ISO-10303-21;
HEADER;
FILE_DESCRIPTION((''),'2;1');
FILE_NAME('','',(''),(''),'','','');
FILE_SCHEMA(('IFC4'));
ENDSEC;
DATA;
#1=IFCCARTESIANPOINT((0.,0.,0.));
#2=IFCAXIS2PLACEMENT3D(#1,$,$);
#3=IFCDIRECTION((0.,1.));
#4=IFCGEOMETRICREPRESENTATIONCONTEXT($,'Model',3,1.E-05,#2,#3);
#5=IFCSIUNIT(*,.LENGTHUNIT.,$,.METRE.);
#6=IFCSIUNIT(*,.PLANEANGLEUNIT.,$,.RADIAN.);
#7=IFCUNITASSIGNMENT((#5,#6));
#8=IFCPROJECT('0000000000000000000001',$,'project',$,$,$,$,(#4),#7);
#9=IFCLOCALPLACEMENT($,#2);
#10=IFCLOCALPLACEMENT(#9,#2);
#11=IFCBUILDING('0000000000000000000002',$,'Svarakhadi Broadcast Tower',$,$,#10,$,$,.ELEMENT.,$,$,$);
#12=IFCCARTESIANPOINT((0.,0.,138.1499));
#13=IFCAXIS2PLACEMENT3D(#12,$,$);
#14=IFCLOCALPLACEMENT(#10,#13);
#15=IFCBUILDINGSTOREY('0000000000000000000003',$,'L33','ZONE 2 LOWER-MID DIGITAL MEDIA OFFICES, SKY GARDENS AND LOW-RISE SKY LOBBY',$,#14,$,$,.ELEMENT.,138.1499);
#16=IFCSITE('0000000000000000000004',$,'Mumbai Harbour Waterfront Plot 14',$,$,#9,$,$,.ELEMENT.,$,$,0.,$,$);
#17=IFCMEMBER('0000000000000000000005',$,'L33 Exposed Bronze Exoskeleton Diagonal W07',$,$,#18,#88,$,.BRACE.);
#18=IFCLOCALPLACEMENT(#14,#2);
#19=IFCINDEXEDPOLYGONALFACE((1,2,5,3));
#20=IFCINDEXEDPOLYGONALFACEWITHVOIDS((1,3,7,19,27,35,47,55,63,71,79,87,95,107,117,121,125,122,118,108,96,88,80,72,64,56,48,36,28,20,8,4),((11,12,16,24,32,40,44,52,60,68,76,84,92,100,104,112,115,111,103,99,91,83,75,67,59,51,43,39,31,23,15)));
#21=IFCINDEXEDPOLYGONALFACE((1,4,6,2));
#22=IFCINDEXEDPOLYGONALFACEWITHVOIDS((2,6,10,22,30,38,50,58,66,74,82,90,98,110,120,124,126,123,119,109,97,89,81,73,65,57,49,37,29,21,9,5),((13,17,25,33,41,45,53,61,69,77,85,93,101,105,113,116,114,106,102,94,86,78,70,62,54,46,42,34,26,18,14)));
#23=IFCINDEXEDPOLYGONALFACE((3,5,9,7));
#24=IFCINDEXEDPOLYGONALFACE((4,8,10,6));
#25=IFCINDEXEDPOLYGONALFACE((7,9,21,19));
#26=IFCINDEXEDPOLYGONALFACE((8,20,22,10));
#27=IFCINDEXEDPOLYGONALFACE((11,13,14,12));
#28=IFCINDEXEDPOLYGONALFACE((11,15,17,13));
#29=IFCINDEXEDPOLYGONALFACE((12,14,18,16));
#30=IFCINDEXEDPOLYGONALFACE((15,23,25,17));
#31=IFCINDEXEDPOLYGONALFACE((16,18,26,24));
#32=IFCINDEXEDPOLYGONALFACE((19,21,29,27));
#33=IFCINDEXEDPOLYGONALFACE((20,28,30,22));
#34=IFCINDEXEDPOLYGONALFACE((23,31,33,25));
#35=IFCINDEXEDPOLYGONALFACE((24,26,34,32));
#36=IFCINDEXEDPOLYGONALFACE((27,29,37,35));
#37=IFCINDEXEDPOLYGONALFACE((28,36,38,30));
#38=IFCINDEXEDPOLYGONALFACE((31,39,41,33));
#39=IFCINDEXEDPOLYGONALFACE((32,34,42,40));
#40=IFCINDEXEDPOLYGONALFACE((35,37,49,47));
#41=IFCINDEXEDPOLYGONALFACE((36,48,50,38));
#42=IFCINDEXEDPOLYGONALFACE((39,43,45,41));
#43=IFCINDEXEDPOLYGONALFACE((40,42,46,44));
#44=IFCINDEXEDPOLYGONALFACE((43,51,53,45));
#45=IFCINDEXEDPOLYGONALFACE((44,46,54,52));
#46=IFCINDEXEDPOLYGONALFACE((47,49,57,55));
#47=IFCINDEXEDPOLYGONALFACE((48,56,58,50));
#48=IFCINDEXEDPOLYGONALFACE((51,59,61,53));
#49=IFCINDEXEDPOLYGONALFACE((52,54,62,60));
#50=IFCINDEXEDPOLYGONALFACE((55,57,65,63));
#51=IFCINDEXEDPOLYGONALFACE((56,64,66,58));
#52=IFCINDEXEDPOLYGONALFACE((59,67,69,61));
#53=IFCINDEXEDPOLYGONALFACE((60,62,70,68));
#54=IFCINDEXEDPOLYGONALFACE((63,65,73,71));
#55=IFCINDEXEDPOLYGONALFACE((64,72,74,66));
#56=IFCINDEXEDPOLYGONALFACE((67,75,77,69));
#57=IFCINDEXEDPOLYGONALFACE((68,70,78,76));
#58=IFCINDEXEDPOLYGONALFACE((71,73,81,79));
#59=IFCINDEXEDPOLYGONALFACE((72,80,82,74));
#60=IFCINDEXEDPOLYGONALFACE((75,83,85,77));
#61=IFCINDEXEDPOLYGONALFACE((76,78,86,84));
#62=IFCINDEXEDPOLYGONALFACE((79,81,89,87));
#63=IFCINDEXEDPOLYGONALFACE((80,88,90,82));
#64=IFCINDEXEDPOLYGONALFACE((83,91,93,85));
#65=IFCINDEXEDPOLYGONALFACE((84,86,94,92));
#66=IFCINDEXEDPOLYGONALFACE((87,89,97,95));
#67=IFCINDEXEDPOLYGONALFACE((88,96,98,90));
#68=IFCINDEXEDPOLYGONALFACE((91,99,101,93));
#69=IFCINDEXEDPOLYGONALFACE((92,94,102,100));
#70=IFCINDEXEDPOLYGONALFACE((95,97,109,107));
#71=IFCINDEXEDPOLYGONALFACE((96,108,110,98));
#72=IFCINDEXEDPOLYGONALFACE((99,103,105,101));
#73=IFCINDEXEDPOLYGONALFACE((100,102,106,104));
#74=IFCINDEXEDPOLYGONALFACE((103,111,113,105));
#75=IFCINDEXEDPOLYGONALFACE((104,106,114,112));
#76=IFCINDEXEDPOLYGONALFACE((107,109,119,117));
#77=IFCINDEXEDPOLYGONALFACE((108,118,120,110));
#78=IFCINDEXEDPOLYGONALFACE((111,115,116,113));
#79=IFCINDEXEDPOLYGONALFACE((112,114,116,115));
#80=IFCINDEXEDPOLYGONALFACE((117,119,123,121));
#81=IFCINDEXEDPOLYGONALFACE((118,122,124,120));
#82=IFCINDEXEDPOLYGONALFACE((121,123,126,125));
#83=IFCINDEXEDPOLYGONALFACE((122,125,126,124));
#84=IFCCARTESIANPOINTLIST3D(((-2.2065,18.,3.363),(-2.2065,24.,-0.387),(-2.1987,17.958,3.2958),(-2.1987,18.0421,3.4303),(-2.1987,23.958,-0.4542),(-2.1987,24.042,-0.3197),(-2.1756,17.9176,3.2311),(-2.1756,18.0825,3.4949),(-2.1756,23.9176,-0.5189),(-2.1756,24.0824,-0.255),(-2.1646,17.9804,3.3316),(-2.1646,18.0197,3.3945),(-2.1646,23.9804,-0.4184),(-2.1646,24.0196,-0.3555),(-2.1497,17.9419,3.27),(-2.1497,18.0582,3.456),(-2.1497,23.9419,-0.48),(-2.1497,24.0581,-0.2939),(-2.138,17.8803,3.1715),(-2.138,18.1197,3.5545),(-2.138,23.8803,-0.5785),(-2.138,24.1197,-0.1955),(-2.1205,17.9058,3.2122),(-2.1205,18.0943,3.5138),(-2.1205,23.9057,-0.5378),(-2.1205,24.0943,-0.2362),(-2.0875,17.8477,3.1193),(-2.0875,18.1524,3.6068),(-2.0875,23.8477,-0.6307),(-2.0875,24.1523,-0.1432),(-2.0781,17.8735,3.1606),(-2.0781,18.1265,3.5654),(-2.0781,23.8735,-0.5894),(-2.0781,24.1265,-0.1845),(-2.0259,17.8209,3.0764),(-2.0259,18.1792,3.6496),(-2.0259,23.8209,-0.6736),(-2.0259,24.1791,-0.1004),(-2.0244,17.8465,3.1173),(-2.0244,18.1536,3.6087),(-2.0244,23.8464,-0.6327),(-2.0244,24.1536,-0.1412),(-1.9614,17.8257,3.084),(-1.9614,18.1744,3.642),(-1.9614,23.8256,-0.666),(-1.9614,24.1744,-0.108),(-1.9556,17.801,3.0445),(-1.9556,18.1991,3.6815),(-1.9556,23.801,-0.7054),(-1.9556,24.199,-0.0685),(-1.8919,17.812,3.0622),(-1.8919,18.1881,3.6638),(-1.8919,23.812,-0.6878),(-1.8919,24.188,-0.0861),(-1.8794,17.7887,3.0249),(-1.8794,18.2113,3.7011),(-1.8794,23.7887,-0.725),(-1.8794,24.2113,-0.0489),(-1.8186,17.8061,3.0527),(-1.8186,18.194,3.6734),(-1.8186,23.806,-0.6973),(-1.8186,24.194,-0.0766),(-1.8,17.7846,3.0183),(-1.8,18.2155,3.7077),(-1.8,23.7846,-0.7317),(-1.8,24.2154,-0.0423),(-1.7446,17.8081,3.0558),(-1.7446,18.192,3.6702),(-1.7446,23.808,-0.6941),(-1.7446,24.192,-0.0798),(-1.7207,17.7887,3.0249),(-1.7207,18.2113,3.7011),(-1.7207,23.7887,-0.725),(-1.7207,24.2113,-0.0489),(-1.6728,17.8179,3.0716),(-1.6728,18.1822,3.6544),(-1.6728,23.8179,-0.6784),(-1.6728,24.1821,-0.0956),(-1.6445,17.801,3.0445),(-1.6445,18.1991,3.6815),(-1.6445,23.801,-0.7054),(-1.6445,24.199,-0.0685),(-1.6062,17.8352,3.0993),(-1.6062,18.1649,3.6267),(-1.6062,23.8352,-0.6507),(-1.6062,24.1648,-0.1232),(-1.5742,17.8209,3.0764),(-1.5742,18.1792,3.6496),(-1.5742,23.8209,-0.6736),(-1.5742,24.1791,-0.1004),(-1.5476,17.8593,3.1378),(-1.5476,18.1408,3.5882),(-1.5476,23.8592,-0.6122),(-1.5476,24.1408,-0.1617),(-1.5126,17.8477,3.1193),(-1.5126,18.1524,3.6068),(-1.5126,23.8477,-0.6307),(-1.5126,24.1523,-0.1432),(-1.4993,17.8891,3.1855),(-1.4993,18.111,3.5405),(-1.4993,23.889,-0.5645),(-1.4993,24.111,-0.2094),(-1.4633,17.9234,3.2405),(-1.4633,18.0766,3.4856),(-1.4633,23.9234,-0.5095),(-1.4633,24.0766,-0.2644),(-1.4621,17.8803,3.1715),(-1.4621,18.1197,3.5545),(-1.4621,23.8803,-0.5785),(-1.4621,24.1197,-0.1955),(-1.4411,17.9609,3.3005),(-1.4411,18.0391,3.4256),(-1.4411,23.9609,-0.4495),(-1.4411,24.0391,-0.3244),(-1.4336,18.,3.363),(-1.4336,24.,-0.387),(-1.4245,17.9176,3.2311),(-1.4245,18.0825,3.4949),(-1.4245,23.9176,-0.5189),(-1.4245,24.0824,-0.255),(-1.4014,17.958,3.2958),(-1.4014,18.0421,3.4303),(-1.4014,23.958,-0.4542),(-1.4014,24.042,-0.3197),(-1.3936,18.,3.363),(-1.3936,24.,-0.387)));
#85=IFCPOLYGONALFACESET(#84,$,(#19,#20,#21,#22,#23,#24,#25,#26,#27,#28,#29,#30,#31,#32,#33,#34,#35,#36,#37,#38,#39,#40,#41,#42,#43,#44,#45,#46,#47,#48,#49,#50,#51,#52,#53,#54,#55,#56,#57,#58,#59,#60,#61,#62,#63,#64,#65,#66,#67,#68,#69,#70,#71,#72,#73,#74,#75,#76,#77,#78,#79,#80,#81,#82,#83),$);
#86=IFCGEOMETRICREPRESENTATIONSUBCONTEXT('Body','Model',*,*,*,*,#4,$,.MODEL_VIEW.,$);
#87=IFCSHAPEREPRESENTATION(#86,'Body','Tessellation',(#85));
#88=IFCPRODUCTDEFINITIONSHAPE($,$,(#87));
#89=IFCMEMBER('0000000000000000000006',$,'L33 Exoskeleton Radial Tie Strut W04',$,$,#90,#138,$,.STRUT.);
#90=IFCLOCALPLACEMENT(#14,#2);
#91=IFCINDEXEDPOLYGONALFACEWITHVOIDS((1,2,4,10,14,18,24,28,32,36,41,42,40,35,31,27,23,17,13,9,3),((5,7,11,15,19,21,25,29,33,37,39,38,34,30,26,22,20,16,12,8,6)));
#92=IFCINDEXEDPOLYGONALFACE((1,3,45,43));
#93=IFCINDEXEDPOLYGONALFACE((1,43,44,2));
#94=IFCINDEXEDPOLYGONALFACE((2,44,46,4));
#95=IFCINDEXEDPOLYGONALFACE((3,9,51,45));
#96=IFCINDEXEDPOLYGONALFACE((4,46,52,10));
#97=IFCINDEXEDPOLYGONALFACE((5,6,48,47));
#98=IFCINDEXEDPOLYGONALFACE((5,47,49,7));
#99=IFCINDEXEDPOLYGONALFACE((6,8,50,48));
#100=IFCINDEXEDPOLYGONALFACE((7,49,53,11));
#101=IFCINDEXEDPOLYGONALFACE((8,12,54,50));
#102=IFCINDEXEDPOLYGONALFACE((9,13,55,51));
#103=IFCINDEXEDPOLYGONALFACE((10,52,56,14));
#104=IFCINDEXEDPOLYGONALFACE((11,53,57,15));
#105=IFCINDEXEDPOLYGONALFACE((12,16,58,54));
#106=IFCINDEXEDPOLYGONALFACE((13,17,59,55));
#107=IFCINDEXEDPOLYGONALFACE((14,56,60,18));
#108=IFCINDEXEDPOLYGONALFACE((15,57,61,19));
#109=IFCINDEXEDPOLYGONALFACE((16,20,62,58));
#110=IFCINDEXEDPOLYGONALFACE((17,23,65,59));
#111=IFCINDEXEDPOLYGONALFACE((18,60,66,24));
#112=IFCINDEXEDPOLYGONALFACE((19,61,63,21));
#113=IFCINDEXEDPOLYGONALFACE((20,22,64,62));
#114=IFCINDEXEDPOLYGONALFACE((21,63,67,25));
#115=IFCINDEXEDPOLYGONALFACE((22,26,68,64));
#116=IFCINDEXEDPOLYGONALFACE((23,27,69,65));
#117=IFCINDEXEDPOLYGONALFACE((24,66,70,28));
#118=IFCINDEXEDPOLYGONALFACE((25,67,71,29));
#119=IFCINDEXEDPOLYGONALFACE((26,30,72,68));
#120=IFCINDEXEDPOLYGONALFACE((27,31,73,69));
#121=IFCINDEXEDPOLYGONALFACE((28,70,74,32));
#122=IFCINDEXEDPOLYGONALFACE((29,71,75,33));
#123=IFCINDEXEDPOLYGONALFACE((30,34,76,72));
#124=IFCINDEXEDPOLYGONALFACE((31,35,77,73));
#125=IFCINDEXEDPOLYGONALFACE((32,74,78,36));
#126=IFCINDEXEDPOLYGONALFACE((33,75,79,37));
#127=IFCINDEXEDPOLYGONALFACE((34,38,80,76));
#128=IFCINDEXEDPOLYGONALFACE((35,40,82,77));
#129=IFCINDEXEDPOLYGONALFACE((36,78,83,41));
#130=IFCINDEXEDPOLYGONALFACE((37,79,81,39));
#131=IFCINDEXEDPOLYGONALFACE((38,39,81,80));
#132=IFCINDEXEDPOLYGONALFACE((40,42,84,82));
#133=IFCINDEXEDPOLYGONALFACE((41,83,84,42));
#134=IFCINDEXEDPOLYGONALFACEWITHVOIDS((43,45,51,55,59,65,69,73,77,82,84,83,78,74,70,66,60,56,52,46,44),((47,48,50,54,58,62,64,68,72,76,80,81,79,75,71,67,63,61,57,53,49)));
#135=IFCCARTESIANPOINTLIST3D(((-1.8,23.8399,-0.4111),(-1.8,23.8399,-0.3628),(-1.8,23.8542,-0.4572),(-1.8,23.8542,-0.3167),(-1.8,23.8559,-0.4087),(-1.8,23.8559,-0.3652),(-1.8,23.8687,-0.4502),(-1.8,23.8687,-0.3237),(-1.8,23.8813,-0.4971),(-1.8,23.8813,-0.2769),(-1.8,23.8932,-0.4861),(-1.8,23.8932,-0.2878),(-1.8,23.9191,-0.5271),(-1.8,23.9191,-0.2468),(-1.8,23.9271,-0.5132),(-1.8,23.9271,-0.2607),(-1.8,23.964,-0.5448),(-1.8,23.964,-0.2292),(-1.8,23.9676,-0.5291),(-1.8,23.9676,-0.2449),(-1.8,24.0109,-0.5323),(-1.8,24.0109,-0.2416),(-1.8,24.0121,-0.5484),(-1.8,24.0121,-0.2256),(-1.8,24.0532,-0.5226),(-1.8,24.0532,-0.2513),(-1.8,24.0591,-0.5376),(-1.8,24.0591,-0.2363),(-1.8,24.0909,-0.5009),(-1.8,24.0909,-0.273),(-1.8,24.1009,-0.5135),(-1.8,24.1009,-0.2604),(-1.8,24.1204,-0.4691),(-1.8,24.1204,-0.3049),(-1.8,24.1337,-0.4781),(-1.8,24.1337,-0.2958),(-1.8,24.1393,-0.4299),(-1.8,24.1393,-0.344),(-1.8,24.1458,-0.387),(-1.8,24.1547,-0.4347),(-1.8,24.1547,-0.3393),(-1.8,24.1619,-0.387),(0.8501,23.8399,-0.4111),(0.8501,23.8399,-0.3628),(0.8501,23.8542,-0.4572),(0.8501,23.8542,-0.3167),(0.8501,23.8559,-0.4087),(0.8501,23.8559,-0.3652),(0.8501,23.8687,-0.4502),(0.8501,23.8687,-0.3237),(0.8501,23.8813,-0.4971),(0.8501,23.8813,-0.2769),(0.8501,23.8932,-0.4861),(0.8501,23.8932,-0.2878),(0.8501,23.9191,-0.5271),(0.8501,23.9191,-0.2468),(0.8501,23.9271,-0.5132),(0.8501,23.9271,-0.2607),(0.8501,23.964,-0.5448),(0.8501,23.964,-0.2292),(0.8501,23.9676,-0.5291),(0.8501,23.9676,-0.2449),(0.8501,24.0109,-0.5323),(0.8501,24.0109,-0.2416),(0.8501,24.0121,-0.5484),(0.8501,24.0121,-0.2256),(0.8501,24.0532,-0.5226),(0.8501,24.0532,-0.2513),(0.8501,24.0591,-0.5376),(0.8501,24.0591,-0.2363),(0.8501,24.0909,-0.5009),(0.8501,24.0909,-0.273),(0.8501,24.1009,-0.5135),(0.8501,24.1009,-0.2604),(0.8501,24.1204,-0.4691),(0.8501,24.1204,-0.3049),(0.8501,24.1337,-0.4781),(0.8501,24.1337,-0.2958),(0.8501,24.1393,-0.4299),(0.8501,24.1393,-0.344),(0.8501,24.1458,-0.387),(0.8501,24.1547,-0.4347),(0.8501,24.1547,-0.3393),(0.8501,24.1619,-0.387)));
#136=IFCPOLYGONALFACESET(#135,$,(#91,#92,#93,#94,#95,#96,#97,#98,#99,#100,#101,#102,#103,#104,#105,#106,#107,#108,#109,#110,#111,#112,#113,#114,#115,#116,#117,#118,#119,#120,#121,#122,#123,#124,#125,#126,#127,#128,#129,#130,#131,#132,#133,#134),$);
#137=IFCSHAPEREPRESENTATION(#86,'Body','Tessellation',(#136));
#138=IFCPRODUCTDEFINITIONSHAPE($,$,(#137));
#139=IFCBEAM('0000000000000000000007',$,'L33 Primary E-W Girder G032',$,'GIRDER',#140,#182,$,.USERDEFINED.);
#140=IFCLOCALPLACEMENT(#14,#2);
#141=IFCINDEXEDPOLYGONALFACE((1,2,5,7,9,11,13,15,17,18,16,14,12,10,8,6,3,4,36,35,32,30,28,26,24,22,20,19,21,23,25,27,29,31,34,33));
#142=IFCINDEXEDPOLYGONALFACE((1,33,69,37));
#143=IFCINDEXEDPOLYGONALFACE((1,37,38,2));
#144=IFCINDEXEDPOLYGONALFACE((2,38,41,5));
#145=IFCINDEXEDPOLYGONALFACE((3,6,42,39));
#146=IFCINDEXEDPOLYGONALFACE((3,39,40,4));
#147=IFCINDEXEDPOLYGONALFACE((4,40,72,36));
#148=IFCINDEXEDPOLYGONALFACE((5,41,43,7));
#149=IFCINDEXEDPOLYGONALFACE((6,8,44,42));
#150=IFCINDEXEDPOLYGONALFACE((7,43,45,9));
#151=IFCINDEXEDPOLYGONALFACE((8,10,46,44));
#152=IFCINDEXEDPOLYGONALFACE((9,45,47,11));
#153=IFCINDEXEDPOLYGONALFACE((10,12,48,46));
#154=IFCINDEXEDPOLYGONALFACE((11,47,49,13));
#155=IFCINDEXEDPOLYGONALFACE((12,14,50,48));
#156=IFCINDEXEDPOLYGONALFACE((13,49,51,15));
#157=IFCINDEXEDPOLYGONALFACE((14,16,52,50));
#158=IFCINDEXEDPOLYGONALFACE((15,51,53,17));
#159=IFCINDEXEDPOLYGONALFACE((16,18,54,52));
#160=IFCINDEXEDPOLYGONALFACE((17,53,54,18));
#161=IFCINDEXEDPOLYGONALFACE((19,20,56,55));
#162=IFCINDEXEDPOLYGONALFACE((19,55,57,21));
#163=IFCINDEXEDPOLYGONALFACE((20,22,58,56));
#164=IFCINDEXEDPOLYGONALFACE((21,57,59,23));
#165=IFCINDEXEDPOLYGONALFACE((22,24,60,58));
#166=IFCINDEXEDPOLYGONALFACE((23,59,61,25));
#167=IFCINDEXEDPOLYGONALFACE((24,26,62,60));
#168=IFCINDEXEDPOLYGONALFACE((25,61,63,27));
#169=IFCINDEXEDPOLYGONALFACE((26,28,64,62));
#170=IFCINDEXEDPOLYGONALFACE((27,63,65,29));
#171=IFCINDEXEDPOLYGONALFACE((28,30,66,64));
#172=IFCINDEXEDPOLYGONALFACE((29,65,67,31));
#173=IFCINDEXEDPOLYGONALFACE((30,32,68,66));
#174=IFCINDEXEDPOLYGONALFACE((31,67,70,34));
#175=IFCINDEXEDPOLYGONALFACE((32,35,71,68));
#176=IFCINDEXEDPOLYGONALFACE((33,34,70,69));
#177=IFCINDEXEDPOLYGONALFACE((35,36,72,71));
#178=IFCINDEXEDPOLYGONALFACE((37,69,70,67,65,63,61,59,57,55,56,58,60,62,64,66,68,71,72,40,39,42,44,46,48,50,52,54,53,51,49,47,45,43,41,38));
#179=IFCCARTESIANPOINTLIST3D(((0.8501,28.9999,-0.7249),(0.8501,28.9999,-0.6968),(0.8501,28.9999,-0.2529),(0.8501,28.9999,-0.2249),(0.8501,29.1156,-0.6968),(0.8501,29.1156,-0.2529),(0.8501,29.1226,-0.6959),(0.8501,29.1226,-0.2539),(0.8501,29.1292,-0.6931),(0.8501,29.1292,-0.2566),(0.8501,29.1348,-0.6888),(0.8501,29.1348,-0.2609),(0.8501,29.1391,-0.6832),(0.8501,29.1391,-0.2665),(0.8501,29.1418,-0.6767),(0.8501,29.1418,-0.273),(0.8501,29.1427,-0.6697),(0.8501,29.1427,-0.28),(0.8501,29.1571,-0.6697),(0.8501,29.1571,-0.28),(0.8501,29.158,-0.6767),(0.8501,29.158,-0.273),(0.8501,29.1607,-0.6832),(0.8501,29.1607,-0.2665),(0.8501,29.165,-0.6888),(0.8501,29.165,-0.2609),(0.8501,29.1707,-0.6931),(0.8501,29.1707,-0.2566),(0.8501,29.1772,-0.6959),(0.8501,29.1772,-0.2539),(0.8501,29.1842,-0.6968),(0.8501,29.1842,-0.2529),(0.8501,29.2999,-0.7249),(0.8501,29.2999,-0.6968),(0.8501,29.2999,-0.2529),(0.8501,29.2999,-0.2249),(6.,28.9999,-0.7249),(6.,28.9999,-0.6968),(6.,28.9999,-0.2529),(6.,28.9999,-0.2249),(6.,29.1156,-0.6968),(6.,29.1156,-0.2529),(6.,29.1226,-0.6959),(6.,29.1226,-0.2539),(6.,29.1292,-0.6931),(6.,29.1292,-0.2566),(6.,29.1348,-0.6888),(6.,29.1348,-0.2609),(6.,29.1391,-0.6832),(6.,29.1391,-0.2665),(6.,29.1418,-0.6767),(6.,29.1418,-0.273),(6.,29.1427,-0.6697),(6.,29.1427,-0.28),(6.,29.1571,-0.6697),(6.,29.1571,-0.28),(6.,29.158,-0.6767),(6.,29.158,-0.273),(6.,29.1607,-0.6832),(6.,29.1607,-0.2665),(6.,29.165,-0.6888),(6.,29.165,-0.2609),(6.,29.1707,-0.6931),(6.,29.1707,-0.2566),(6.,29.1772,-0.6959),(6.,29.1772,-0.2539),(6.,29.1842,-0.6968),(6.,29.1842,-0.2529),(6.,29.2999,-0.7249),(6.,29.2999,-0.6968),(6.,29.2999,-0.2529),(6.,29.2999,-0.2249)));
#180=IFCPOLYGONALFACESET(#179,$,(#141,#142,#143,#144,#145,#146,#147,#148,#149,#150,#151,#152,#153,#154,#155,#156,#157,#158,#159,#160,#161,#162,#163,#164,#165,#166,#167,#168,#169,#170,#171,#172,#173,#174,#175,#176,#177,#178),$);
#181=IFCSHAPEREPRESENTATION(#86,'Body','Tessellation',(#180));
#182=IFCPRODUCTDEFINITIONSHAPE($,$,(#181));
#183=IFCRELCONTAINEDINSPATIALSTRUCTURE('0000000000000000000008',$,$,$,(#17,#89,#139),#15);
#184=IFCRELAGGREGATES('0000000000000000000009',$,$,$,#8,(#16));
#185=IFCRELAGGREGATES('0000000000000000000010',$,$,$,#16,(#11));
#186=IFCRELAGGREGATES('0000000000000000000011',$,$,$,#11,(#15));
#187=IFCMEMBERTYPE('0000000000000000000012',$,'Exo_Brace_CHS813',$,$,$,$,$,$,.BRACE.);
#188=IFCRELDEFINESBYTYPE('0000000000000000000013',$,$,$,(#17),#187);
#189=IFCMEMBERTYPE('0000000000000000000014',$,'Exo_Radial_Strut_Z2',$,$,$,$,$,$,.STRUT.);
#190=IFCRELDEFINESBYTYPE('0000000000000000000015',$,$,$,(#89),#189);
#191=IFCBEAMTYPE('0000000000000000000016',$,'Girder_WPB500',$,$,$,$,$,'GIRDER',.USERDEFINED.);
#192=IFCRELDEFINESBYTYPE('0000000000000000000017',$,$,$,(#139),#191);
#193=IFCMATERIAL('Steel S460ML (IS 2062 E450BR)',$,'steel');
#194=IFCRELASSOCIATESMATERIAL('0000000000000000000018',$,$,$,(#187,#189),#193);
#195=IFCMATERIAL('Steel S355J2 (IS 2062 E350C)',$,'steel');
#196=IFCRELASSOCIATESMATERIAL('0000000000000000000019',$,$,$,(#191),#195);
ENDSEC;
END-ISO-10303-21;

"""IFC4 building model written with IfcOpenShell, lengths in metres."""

from ifc_helpers import new_model, si_unit, direction, frame, origin, origin_2d, place, context, subcontext, project, spatial, hollow_circle, i_section, extrude, material, material_profile, profile_set, type_object, element, save


model = new_model("IFC4")

# Units and contexts
model_context = context("Model", 3, precision=1e-05, world=origin(), true_north=direction((0.0, 1.0)))
body_context = subcontext(model_context, "Body", "Model", "MODEL_VIEW")
ifc_project = project(units=[si_unit("LENGTHUNIT", "METRE"), si_unit("PLANEANGLEUNIT", "RADIAN")], contexts=[model_context])

# Site, building, storey
site_placement = place(None, origin())
site = spatial("IfcSite", under=ifc_project, at=site_placement, Name="Mumbai Harbour Waterfront Plot 14", CompositionType="ELEMENT", RefElevation=0.0)
building_placement = place(site_placement, origin())
building = spatial("IfcBuilding", under=site, at=building_placement, Name="Svarakhadi Broadcast Tower", CompositionType="ELEMENT")
storey_placement = place(building_placement, frame((0.0, 0.0, 138.1499)))
storey = spatial("IfcBuildingStorey", under=building, at=storey_placement, Name="L33", Description="ZONE 2 LOWER-MID DIGITAL MEDIA OFFICES, SKY GARDENS AND LOW-RISE SKY LOBBY", CompositionType="ELEMENT", Elevation=138.1499)

# Shared definitions
ifc_material_1 = material(Name="Steel S460ML (IS 2062 E450BR)", Category="steel")

# Shared definitions
ifc_material_2 = material(Name="Steel S355J2 (IS 2062 E350C)", Category="steel")

# Members
ifc_material_profile_1 = material_profile(ifc_material_1, hollow_circle(Radius=0.4065, WallThickness=0.04, at=origin_2d()), Name="CHS 813x40")
ifc_profile_set_1 = profile_set([ifc_material_profile_1], Name="Steel S460ML (IS 2062 E450BR)")
member_type_1 = type_object("IfcMemberType", Name="Exo_Brace_CHS813", PredefinedType="BRACE", material=ifc_profile_set_1)
member_1_placement = place(storey_placement, frame((-1.8, 24.0, -0.387), z_axis=(0.0, -0.847998, 0.529999), x_axis=(1.0, 0.0, 0.0)))
element("IfcMember", 1, at=member_1_placement, inside=storey, type_object=member_type_1, Name="L33 Exposed Bronze Exoskeleton Diagonal W07", PredefinedType="BRACE", context=body_context, shape_type="SweptSolid", body=[
    extrude(hollow_circle(Radius=0.4065, WallThickness=0.04, at=origin_2d()), origin(), (0.0, 0.0, 1.0), 7.0754),
])
ifc_material_profile_2 = material_profile(ifc_material_1, hollow_circle(Radius=0.1619, WallThickness=0.0161, at=origin_2d()), Name="CHS 323.9x16")
ifc_profile_set_2 = profile_set([ifc_material_profile_2], Name="Steel S460ML (IS 2062 E450BR)")
member_type_2 = type_object("IfcMemberType", Name="Exo_Radial_Strut_Z2", PredefinedType="STRUT", material=ifc_profile_set_2)
member_2_placement = place(storey_placement, frame((-1.8, 24.0, -0.387), z_axis=(1.0, 0.0, 0.0), x_axis=(0.0, 1.0, 0.0)))
element("IfcMember", 2, at=member_2_placement, inside=storey, type_object=member_type_2, Name="L33 Exoskeleton Radial Tie Strut W04", PredefinedType="STRUT", context=body_context, shape_type="SweptSolid", body=[
    extrude(hollow_circle(Radius=0.1619, WallThickness=0.0161, at=origin_2d()), origin(), (0.0, 0.0, 1.0), 2.6501),
])

# Beam
ifc_material_profile_3 = material_profile(ifc_material_2, i_section(OverallWidth=0.3, OverallDepth=0.5, WebThickness=0.0144, FlangeThickness=0.0281, FilletRadius=0.0271, at=origin_2d()), Name="WPB 500x300x187")
ifc_profile_set_3 = profile_set([ifc_material_profile_3], Name="Steel S355J2 (IS 2062 E350C)")
beam_type_1 = type_object("IfcBeamType", Name="Girder_WPB500", ElementType="GIRDER", PredefinedType="USERDEFINED", material=ifc_profile_set_3)
for number, where, z_axis, x_axis, name in (
    (3, (0.8501, 29.1499, -0.4749), (1.0, 0.0, 0.0), (0.0, 1.0, 0.0), "L33 Primary E-W Girder G032"),
):
    element("IfcBeam", number, at=place(storey_placement, frame(where, z_axis=z_axis, x_axis=x_axis)), inside=storey, type_object=beam_type_1, Name=name, ObjectType="GIRDER", PredefinedType="USERDEFINED", context=body_context, shape_type="SweptSolid", body=[
        extrude(i_section(OverallWidth=0.3, OverallDepth=0.5, WebThickness=0.0144, FlangeThickness=0.0281, FilletRadius=0.0271, at=origin_2d()), origin(), (0.0, 0.0, 1.0), 5.1499),
    ])

save(model, "model.ifc")
